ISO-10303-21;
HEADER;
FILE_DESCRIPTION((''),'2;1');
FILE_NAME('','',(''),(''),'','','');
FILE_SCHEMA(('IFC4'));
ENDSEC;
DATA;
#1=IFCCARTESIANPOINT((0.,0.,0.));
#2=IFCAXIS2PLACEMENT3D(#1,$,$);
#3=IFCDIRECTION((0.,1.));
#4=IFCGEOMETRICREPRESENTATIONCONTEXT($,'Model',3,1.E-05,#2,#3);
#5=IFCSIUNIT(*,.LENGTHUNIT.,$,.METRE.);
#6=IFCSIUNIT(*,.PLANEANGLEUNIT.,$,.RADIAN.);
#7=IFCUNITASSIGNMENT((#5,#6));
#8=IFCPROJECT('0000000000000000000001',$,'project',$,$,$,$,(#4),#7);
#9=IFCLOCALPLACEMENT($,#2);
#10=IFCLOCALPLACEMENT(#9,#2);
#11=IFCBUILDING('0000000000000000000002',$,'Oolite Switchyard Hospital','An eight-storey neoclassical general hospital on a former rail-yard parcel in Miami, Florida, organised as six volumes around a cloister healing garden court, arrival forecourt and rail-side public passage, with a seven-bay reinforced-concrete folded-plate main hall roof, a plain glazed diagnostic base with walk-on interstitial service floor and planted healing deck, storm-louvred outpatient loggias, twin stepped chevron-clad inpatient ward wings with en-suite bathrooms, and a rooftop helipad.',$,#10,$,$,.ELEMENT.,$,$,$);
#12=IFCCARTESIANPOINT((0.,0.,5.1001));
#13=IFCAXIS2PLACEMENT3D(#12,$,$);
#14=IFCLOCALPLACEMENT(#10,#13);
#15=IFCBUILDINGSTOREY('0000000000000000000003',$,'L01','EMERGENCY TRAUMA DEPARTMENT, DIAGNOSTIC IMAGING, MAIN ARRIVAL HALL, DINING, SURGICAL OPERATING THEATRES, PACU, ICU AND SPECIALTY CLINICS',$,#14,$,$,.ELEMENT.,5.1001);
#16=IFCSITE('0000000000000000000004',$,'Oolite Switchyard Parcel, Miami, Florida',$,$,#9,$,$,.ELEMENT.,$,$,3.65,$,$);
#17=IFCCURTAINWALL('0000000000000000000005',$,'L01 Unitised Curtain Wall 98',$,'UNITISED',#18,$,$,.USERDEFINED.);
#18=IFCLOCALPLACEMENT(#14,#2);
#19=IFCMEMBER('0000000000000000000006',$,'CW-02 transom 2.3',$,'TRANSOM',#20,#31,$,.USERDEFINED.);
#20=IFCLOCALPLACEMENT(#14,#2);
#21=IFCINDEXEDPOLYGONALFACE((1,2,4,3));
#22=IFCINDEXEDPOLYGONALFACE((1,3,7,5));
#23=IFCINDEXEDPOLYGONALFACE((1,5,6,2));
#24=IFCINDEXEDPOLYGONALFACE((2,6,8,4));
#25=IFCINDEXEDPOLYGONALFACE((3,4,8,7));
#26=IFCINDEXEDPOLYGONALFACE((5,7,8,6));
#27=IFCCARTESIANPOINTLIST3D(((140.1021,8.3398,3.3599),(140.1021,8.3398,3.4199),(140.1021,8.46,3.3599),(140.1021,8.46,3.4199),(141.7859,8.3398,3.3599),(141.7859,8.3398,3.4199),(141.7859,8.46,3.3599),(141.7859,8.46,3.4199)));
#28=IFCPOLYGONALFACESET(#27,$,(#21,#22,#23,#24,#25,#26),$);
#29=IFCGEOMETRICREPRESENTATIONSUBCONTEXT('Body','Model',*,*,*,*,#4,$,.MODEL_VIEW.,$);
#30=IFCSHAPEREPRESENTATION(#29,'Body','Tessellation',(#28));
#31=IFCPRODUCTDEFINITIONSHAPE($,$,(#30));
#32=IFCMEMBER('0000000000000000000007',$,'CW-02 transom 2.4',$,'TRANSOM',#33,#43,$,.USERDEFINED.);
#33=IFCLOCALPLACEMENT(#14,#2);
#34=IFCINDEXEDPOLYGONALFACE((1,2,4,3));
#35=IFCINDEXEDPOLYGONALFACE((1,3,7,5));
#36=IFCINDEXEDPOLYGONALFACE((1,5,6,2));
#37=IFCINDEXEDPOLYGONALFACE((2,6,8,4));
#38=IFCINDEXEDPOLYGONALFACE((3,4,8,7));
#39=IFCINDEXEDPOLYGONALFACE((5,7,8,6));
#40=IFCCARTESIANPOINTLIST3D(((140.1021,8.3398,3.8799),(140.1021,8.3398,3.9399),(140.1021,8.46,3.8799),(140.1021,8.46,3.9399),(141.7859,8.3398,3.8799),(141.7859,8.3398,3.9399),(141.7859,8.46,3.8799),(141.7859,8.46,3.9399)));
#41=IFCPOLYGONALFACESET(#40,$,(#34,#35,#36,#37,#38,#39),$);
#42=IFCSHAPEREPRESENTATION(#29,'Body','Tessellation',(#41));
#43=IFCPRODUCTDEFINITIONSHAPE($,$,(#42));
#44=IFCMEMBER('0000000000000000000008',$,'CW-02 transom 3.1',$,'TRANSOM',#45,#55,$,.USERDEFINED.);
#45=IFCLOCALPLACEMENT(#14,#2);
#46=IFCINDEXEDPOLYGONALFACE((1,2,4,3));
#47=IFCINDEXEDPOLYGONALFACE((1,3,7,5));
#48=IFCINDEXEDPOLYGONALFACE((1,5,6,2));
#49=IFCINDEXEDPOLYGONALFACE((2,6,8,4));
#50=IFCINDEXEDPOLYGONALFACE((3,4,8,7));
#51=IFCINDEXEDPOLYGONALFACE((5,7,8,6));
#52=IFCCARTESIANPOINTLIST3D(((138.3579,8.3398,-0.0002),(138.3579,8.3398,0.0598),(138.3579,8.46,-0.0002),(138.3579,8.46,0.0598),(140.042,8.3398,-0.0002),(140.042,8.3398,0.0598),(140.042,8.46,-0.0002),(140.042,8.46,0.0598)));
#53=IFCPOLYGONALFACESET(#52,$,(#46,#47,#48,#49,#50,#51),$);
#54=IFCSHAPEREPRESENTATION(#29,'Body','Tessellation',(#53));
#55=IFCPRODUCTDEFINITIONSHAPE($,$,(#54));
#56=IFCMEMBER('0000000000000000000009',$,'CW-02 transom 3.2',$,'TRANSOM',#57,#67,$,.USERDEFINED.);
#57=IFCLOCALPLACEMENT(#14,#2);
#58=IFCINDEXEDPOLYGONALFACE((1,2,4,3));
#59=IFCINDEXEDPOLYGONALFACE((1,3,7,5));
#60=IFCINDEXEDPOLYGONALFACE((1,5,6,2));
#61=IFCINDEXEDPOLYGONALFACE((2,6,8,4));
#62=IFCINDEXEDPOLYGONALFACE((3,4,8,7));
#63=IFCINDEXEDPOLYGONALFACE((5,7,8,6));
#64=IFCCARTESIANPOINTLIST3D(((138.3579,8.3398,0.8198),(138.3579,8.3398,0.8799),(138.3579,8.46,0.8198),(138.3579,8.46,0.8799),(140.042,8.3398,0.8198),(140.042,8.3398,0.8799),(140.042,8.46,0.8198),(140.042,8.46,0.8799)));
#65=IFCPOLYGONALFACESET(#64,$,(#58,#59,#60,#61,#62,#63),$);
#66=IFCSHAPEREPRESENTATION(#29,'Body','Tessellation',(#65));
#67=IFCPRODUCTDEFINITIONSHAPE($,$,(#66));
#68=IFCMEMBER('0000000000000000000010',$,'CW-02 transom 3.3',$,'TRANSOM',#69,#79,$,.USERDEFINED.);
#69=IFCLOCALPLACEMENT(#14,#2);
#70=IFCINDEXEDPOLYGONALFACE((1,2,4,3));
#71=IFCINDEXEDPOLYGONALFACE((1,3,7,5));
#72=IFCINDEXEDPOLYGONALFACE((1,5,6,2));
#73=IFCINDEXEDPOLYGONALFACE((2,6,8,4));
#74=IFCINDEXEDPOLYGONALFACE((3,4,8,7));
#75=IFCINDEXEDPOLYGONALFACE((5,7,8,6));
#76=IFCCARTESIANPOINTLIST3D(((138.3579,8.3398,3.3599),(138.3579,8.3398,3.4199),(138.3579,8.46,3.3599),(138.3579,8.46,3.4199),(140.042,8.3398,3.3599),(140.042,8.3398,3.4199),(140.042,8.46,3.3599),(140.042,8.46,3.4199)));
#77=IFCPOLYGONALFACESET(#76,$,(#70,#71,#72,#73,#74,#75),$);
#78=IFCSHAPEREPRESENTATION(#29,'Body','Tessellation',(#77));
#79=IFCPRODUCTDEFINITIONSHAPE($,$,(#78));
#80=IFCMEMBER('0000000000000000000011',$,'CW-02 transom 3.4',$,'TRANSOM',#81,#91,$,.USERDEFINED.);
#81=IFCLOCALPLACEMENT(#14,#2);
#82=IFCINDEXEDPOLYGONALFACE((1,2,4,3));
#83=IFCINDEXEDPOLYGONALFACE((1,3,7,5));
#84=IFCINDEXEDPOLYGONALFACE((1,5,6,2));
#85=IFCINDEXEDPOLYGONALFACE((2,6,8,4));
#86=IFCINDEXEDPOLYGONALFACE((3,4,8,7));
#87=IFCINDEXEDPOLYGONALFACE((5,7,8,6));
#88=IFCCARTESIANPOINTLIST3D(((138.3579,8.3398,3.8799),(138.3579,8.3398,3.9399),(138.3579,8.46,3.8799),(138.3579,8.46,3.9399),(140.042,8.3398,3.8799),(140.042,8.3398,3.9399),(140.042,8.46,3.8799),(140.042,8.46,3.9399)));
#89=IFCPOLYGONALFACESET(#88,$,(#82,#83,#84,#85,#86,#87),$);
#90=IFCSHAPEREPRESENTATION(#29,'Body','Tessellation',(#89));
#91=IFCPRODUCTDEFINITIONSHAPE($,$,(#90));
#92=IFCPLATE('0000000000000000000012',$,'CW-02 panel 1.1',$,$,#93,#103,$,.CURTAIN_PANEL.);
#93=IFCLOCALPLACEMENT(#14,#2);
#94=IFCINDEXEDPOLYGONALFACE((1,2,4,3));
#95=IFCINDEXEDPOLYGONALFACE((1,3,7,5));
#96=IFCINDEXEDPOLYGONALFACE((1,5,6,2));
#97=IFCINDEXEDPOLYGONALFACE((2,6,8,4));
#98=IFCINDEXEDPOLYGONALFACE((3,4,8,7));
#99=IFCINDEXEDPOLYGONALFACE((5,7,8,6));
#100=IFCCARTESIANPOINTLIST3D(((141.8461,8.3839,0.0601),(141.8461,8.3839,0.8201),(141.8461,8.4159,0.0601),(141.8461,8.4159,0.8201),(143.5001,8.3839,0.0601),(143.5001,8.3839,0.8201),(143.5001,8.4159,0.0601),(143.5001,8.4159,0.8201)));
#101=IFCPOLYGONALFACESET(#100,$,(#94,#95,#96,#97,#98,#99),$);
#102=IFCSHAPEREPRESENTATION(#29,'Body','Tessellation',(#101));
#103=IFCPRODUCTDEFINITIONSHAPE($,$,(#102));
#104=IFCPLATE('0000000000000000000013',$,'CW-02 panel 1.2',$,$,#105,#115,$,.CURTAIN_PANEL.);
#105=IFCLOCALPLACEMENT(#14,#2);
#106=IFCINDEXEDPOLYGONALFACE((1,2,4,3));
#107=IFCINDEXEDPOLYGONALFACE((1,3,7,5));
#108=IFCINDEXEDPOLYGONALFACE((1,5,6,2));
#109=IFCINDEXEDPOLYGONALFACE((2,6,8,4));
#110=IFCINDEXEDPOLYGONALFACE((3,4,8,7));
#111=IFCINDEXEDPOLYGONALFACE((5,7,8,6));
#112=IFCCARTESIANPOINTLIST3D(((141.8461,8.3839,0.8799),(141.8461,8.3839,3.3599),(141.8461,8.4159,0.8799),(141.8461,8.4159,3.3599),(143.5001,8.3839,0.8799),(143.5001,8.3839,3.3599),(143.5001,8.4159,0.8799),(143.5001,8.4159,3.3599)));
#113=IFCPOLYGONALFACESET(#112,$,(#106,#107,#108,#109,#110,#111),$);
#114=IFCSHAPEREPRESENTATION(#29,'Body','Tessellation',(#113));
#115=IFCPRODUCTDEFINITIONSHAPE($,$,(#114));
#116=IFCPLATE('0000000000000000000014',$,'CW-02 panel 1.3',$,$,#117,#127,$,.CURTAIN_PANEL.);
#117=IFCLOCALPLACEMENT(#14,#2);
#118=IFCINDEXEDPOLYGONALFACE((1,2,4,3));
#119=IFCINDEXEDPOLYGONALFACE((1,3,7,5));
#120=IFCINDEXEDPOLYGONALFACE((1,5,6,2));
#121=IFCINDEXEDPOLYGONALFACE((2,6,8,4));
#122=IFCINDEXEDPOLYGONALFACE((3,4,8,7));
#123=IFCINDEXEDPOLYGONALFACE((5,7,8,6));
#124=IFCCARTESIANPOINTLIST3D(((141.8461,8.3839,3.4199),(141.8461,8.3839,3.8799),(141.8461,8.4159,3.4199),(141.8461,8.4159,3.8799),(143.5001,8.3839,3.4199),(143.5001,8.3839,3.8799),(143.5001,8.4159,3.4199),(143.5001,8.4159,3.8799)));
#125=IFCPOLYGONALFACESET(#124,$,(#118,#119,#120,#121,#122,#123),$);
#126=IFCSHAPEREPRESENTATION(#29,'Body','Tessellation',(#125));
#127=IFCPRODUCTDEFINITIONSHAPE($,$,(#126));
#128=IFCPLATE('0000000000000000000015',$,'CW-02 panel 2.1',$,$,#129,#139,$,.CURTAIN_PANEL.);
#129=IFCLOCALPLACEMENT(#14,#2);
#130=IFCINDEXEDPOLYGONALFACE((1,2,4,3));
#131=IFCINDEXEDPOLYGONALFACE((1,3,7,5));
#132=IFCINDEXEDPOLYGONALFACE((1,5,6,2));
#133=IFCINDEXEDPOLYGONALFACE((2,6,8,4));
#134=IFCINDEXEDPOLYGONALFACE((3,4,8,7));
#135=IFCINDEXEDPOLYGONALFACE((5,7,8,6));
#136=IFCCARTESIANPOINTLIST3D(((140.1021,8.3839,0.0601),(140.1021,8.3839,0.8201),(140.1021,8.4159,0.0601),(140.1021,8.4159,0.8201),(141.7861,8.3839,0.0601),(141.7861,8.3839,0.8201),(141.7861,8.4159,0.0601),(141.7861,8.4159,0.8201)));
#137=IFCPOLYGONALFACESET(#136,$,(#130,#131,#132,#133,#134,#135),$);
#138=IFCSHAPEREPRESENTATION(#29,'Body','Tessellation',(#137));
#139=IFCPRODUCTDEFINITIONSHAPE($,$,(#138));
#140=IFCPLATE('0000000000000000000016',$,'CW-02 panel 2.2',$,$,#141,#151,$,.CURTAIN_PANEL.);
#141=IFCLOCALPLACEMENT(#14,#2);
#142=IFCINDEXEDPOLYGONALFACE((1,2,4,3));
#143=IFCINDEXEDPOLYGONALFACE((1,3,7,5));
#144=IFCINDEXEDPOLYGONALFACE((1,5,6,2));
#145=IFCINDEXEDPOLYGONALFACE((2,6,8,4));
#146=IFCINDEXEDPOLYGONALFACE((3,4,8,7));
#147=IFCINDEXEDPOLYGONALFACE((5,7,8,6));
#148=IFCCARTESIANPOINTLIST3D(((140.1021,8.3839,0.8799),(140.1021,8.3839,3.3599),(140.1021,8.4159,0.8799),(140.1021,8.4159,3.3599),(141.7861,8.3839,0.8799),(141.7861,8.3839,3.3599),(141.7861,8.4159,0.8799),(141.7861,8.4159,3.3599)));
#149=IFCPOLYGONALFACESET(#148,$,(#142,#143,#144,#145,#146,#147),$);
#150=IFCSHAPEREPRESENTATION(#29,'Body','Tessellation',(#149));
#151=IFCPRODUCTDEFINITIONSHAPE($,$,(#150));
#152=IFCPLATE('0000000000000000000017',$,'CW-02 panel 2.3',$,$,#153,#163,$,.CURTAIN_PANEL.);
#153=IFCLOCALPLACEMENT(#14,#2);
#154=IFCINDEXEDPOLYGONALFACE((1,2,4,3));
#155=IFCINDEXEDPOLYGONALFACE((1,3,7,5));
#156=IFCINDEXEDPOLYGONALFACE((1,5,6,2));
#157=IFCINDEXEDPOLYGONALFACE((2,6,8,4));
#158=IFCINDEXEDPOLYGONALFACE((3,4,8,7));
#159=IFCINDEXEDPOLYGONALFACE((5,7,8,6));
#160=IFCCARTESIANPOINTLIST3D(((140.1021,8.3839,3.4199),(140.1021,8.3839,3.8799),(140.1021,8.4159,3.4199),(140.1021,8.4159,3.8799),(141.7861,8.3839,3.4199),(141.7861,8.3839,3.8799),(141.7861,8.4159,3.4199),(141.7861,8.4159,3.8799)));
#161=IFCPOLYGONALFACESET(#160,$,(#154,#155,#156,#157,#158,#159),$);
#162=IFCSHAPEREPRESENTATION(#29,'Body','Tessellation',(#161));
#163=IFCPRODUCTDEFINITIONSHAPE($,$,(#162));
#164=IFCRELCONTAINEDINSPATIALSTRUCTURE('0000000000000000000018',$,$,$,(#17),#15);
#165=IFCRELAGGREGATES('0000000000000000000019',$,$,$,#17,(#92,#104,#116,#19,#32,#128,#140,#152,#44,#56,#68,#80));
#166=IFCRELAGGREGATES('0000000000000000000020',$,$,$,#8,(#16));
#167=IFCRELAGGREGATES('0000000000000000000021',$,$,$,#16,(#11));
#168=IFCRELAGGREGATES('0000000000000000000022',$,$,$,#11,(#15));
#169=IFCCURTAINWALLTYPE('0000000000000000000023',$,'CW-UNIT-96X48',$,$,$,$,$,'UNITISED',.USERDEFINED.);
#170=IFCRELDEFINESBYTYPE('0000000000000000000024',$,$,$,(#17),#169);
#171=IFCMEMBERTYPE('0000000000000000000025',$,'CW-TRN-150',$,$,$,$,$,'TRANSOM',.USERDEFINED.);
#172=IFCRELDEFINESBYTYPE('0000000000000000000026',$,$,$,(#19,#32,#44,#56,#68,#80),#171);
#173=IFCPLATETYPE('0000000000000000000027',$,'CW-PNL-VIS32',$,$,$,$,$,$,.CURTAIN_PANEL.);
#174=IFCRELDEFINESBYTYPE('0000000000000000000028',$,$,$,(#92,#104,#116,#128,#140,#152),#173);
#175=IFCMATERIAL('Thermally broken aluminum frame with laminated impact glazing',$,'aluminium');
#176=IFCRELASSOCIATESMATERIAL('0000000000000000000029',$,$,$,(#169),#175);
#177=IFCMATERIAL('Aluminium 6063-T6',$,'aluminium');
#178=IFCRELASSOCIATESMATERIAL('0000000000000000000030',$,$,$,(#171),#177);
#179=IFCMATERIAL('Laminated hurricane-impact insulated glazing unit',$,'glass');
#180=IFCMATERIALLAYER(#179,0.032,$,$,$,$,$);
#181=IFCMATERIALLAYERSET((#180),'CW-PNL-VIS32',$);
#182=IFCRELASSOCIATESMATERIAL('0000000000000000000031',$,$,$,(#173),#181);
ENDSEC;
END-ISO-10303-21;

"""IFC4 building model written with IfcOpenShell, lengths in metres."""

from ifc_helpers import new_model, si_unit, direction, frame, origin, origin_2d, place, context, subcontext, project, spatial, rectangle, extrude, material, layer, layer_set, material_profile, profile_set, type_object, element, aggregate, save


model = new_model("IFC4")

# Units and contexts
model_context = context("Model", 3, precision=1e-05, world=origin(), true_north=direction((0.0, 1.0)))
body_context = subcontext(model_context, "Body", "Model", "MODEL_VIEW")
ifc_project = project(units=[si_unit("LENGTHUNIT", "METRE"), si_unit("PLANEANGLEUNIT", "RADIAN")], contexts=[model_context])

# Site, building, storey
site_placement = place(None, origin())
site = spatial("IfcSite", under=ifc_project, at=site_placement, Name="Oolite Switchyard Parcel, Miami, Florida", CompositionType="ELEMENT", RefElevation=3.65)
building_placement = place(site_placement, origin())
building = spatial("IfcBuilding", under=site, at=building_placement, Name="Oolite Switchyard Hospital", Description="An eight-storey neoclassical general hospital on a former rail-yard parcel in Miami, Florida, organised as six volumes around a cloister healing garden court, arrival forecourt and rail-side public passage, with a seven-bay reinforced-concrete folded-plate main hall roof, a plain glazed diagnostic base with walk-on interstitial service floor and planted healing deck, storm-louvred outpatient loggias, twin stepped chevron-clad inpatient ward wings with en-suite bathrooms, and a rooftop helipad.", CompositionType="ELEMENT")
storey_placement = place(building_placement, frame((0.0, 0.0, 5.1001)))
storey = spatial("IfcBuildingStorey", under=building, at=storey_placement, Name="L01", Description="EMERGENCY TRAUMA DEPARTMENT, DIAGNOSTIC IMAGING, MAIN ARRIVAL HALL, DINING, SURGICAL OPERATING THEATRES, PACU, ICU AND SPECIALTY CLINICS", CompositionType="ELEMENT", Elevation=5.1001)

# Curtain wall, members, plates
ifc_material_1 = material(Name="Thermally broken aluminum frame with laminated impact glazing", Category="aluminium")
curtain_wall_type = type_object("IfcCurtainWallType", Name="CW-UNIT-96X48", ElementType="UNITISED", PredefinedType="USERDEFINED", material=ifc_material_1)
curtain_wall_placement = place(storey_placement, origin())
curtain_wall = element("IfcCurtainWall", 1, at=curtain_wall_placement, inside=storey, type_object=curtain_wall_type, Name="L01 Unitised Curtain Wall 98", ObjectType="UNITISED", PredefinedType="USERDEFINED")
ifc_material_2 = material(Name="Aluminium 6063-T6", Category="aluminium")
ifc_material_profile_1 = material_profile(ifc_material_2, rectangle(XDim=0.1201, YDim=0.0601, at=origin_2d()), Name="CWT60X120")
ifc_profile_set_1 = profile_set([ifc_material_profile_1], Name="Aluminium 6063-T6")
member_type_1 = type_object("IfcMemberType", Name="CW-TRN-150", ElementType="TRANSOM", PredefinedType="USERDEFINED", material=ifc_profile_set_1)
member_1_placement = place(storey_placement, frame((141.7859, 8.3999, 3.3899), z_axis=(-1.0, 0.0, 0.0), x_axis=(0.0, -1.0, 0.0)))
member_1 = element("IfcMember", 2, at=member_1_placement, type_object=member_type_1, Name="CW-02 transom 2.3", ObjectType="TRANSOM", PredefinedType="USERDEFINED", context=body_context, shape_type="SweptSolid", body=[
    extrude(rectangle(XDim=0.1201, YDim=0.0601, at=origin_2d()), origin(), (0.0, 0.0, 1.0), 1.6838),
])
member_2_placement = place(storey_placement, frame((141.7859, 8.3999, 3.9099), z_axis=(-1.0, 0.0, 0.0), x_axis=(0.0, -1.0, 0.0)))
member_2 = element("IfcMember", 3, at=member_2_placement, type_object=member_type_1, Name="CW-02 transom 2.4", ObjectType="TRANSOM", PredefinedType="USERDEFINED", context=body_context, shape_type="SweptSolid", body=[
    extrude(rectangle(XDim=0.1201, YDim=0.0601, at=origin_2d()), origin(), (0.0, 0.0, 1.0), 1.6838),
])
member_3_placement = place(storey_placement, frame((140.042, 8.3999, 0.0298), z_axis=(-1.0, 0.0, 0.0), x_axis=(0.0, -1.0, 0.0)))
member_3 = element("IfcMember", 4, at=member_3_placement, type_object=member_type_1, Name="CW-02 transom 3.1", ObjectType="TRANSOM", PredefinedType="USERDEFINED", context=body_context, shape_type="SweptSolid", body=[
    extrude(rectangle(XDim=0.1201, YDim=0.0601, at=origin_2d()), origin(), (0.0, 0.0, 1.0), 1.6841),
])
member_4_placement = place(storey_placement, frame((140.042, 8.3999, 0.8499), z_axis=(-1.0, 0.0, 0.0), x_axis=(0.0, -1.0, 0.0)))
member_4 = element("IfcMember", 5, at=member_4_placement, type_object=member_type_1, Name="CW-02 transom 3.2", ObjectType="TRANSOM", PredefinedType="USERDEFINED", context=body_context, shape_type="SweptSolid", body=[
    extrude(rectangle(XDim=0.1201, YDim=0.0601, at=origin_2d()), origin(), (0.0, 0.0, 1.0), 1.6841),
])
member_5_placement = place(storey_placement, frame((140.042, 8.3999, 3.3899), z_axis=(-1.0, 0.0, 0.0), x_axis=(0.0, -1.0, 0.0)))
member_5 = element("IfcMember", 6, at=member_5_placement, type_object=member_type_1, Name="CW-02 transom 3.3", ObjectType="TRANSOM", PredefinedType="USERDEFINED", context=body_context, shape_type="SweptSolid", body=[
    extrude(rectangle(XDim=0.1201, YDim=0.0601, at=origin_2d()), origin(), (0.0, 0.0, 1.0), 1.6841),
])
member_6_placement = place(storey_placement, frame((140.042, 8.3999, 3.9099), z_axis=(-1.0, 0.0, 0.0), x_axis=(0.0, -1.0, 0.0)))
member_6 = element("IfcMember", 7, at=member_6_placement, type_object=member_type_1, Name="CW-02 transom 3.4", ObjectType="TRANSOM", PredefinedType="USERDEFINED", context=body_context, shape_type="SweptSolid", body=[
    extrude(rectangle(XDim=0.1201, YDim=0.0601, at=origin_2d()), origin(), (0.0, 0.0, 1.0), 1.6841),
])
ifc_material_3 = material(Name="Laminated hurricane-impact insulated glazing unit", Category="glass")
ifc_layer = layer(ifc_material_3, 0.032)
ifc_layer_set = layer_set([ifc_layer], Name="CW-PNL-VIS32")
plate_type = type_object("IfcPlateType", Name="CW-PNL-VIS32", PredefinedType="CURTAIN_PANEL", material=ifc_layer_set)
plate_1_placement = place(storey_placement, frame((142.6731, 8.3999, 0.0601), z_axis=(0.0, 0.0, 1.0), x_axis=(-1.0, 0.0, 0.0)))
plate_1 = element("IfcPlate", 8, at=plate_1_placement, type_object=plate_type, Name="CW-02 panel 1.1", PredefinedType="CURTAIN_PANEL", context=body_context, shape_type="SweptSolid", body=[
    extrude(rectangle(XDim=1.6541, YDim=0.032, at=origin_2d()), origin(), (0.0, 0.0, 1.0), 0.76),
])
plate_2_placement = place(storey_placement, frame((142.6731, 8.3999, 0.8799), z_axis=(0.0, 0.0, 1.0), x_axis=(-1.0, 0.0, 0.0)))
plate_2 = element("IfcPlate", 9, at=plate_2_placement, type_object=plate_type, Name="CW-02 panel 1.2", PredefinedType="CURTAIN_PANEL", context=body_context, shape_type="SweptSolid", body=[
    extrude(rectangle(XDim=1.6541, YDim=0.032, at=origin_2d()), origin(), (0.0, 0.0, 1.0), 2.48),
])
plate_3_placement = place(storey_placement, frame((142.6731, 8.3999, 3.4199), z_axis=(0.0, 0.0, 1.0), x_axis=(-1.0, 0.0, 0.0)))
plate_3 = element("IfcPlate", 10, at=plate_3_placement, type_object=plate_type, Name="CW-02 panel 1.3", PredefinedType="CURTAIN_PANEL", context=body_context, shape_type="SweptSolid", body=[
    extrude(rectangle(XDim=1.6541, YDim=0.032, at=origin_2d()), origin(), (0.0, 0.0, 1.0), 0.46),
])
plate_4_placement = place(storey_placement, frame((140.9441, 8.3999, 0.0601), z_axis=(0.0, 0.0, 1.0), x_axis=(-1.0, 0.0, 0.0)))
plate_4 = element("IfcPlate", 11, at=plate_4_placement, type_object=plate_type, Name="CW-02 panel 2.1", PredefinedType="CURTAIN_PANEL", context=body_context, shape_type="SweptSolid", body=[
    extrude(rectangle(XDim=1.6841, YDim=0.032, at=origin_2d()), origin(), (0.0, 0.0, 1.0), 0.76),
])
plate_5_placement = place(storey_placement, frame((140.9441, 8.3999, 0.8799), z_axis=(0.0, 0.0, 1.0), x_axis=(-1.0, 0.0, 0.0)))
plate_5 = element("IfcPlate", 12, at=plate_5_placement, type_object=plate_type, Name="CW-02 panel 2.2", PredefinedType="CURTAIN_PANEL", context=body_context, shape_type="SweptSolid", body=[
    extrude(rectangle(XDim=1.6841, YDim=0.032, at=origin_2d()), origin(), (0.0, 0.0, 1.0), 2.48),
])
plate_6_placement = place(storey_placement, frame((140.9441, 8.3999, 3.4199), z_axis=(0.0, 0.0, 1.0), x_axis=(-1.0, 0.0, 0.0)))
plate_6 = element("IfcPlate", 13, at=plate_6_placement, type_object=plate_type, Name="CW-02 panel 2.3", PredefinedType="CURTAIN_PANEL", context=body_context, shape_type="SweptSolid", body=[
    extrude(rectangle(XDim=1.6841, YDim=0.032, at=origin_2d()), origin(), (0.0, 0.0, 1.0), 0.46),
])
aggregate(curtain_wall, [plate_1, plate_2, plate_3, member_1, member_2, plate_4, plate_5, plate_6, member_3, member_4, member_5, member_6])

save(model, "model.ifc")
